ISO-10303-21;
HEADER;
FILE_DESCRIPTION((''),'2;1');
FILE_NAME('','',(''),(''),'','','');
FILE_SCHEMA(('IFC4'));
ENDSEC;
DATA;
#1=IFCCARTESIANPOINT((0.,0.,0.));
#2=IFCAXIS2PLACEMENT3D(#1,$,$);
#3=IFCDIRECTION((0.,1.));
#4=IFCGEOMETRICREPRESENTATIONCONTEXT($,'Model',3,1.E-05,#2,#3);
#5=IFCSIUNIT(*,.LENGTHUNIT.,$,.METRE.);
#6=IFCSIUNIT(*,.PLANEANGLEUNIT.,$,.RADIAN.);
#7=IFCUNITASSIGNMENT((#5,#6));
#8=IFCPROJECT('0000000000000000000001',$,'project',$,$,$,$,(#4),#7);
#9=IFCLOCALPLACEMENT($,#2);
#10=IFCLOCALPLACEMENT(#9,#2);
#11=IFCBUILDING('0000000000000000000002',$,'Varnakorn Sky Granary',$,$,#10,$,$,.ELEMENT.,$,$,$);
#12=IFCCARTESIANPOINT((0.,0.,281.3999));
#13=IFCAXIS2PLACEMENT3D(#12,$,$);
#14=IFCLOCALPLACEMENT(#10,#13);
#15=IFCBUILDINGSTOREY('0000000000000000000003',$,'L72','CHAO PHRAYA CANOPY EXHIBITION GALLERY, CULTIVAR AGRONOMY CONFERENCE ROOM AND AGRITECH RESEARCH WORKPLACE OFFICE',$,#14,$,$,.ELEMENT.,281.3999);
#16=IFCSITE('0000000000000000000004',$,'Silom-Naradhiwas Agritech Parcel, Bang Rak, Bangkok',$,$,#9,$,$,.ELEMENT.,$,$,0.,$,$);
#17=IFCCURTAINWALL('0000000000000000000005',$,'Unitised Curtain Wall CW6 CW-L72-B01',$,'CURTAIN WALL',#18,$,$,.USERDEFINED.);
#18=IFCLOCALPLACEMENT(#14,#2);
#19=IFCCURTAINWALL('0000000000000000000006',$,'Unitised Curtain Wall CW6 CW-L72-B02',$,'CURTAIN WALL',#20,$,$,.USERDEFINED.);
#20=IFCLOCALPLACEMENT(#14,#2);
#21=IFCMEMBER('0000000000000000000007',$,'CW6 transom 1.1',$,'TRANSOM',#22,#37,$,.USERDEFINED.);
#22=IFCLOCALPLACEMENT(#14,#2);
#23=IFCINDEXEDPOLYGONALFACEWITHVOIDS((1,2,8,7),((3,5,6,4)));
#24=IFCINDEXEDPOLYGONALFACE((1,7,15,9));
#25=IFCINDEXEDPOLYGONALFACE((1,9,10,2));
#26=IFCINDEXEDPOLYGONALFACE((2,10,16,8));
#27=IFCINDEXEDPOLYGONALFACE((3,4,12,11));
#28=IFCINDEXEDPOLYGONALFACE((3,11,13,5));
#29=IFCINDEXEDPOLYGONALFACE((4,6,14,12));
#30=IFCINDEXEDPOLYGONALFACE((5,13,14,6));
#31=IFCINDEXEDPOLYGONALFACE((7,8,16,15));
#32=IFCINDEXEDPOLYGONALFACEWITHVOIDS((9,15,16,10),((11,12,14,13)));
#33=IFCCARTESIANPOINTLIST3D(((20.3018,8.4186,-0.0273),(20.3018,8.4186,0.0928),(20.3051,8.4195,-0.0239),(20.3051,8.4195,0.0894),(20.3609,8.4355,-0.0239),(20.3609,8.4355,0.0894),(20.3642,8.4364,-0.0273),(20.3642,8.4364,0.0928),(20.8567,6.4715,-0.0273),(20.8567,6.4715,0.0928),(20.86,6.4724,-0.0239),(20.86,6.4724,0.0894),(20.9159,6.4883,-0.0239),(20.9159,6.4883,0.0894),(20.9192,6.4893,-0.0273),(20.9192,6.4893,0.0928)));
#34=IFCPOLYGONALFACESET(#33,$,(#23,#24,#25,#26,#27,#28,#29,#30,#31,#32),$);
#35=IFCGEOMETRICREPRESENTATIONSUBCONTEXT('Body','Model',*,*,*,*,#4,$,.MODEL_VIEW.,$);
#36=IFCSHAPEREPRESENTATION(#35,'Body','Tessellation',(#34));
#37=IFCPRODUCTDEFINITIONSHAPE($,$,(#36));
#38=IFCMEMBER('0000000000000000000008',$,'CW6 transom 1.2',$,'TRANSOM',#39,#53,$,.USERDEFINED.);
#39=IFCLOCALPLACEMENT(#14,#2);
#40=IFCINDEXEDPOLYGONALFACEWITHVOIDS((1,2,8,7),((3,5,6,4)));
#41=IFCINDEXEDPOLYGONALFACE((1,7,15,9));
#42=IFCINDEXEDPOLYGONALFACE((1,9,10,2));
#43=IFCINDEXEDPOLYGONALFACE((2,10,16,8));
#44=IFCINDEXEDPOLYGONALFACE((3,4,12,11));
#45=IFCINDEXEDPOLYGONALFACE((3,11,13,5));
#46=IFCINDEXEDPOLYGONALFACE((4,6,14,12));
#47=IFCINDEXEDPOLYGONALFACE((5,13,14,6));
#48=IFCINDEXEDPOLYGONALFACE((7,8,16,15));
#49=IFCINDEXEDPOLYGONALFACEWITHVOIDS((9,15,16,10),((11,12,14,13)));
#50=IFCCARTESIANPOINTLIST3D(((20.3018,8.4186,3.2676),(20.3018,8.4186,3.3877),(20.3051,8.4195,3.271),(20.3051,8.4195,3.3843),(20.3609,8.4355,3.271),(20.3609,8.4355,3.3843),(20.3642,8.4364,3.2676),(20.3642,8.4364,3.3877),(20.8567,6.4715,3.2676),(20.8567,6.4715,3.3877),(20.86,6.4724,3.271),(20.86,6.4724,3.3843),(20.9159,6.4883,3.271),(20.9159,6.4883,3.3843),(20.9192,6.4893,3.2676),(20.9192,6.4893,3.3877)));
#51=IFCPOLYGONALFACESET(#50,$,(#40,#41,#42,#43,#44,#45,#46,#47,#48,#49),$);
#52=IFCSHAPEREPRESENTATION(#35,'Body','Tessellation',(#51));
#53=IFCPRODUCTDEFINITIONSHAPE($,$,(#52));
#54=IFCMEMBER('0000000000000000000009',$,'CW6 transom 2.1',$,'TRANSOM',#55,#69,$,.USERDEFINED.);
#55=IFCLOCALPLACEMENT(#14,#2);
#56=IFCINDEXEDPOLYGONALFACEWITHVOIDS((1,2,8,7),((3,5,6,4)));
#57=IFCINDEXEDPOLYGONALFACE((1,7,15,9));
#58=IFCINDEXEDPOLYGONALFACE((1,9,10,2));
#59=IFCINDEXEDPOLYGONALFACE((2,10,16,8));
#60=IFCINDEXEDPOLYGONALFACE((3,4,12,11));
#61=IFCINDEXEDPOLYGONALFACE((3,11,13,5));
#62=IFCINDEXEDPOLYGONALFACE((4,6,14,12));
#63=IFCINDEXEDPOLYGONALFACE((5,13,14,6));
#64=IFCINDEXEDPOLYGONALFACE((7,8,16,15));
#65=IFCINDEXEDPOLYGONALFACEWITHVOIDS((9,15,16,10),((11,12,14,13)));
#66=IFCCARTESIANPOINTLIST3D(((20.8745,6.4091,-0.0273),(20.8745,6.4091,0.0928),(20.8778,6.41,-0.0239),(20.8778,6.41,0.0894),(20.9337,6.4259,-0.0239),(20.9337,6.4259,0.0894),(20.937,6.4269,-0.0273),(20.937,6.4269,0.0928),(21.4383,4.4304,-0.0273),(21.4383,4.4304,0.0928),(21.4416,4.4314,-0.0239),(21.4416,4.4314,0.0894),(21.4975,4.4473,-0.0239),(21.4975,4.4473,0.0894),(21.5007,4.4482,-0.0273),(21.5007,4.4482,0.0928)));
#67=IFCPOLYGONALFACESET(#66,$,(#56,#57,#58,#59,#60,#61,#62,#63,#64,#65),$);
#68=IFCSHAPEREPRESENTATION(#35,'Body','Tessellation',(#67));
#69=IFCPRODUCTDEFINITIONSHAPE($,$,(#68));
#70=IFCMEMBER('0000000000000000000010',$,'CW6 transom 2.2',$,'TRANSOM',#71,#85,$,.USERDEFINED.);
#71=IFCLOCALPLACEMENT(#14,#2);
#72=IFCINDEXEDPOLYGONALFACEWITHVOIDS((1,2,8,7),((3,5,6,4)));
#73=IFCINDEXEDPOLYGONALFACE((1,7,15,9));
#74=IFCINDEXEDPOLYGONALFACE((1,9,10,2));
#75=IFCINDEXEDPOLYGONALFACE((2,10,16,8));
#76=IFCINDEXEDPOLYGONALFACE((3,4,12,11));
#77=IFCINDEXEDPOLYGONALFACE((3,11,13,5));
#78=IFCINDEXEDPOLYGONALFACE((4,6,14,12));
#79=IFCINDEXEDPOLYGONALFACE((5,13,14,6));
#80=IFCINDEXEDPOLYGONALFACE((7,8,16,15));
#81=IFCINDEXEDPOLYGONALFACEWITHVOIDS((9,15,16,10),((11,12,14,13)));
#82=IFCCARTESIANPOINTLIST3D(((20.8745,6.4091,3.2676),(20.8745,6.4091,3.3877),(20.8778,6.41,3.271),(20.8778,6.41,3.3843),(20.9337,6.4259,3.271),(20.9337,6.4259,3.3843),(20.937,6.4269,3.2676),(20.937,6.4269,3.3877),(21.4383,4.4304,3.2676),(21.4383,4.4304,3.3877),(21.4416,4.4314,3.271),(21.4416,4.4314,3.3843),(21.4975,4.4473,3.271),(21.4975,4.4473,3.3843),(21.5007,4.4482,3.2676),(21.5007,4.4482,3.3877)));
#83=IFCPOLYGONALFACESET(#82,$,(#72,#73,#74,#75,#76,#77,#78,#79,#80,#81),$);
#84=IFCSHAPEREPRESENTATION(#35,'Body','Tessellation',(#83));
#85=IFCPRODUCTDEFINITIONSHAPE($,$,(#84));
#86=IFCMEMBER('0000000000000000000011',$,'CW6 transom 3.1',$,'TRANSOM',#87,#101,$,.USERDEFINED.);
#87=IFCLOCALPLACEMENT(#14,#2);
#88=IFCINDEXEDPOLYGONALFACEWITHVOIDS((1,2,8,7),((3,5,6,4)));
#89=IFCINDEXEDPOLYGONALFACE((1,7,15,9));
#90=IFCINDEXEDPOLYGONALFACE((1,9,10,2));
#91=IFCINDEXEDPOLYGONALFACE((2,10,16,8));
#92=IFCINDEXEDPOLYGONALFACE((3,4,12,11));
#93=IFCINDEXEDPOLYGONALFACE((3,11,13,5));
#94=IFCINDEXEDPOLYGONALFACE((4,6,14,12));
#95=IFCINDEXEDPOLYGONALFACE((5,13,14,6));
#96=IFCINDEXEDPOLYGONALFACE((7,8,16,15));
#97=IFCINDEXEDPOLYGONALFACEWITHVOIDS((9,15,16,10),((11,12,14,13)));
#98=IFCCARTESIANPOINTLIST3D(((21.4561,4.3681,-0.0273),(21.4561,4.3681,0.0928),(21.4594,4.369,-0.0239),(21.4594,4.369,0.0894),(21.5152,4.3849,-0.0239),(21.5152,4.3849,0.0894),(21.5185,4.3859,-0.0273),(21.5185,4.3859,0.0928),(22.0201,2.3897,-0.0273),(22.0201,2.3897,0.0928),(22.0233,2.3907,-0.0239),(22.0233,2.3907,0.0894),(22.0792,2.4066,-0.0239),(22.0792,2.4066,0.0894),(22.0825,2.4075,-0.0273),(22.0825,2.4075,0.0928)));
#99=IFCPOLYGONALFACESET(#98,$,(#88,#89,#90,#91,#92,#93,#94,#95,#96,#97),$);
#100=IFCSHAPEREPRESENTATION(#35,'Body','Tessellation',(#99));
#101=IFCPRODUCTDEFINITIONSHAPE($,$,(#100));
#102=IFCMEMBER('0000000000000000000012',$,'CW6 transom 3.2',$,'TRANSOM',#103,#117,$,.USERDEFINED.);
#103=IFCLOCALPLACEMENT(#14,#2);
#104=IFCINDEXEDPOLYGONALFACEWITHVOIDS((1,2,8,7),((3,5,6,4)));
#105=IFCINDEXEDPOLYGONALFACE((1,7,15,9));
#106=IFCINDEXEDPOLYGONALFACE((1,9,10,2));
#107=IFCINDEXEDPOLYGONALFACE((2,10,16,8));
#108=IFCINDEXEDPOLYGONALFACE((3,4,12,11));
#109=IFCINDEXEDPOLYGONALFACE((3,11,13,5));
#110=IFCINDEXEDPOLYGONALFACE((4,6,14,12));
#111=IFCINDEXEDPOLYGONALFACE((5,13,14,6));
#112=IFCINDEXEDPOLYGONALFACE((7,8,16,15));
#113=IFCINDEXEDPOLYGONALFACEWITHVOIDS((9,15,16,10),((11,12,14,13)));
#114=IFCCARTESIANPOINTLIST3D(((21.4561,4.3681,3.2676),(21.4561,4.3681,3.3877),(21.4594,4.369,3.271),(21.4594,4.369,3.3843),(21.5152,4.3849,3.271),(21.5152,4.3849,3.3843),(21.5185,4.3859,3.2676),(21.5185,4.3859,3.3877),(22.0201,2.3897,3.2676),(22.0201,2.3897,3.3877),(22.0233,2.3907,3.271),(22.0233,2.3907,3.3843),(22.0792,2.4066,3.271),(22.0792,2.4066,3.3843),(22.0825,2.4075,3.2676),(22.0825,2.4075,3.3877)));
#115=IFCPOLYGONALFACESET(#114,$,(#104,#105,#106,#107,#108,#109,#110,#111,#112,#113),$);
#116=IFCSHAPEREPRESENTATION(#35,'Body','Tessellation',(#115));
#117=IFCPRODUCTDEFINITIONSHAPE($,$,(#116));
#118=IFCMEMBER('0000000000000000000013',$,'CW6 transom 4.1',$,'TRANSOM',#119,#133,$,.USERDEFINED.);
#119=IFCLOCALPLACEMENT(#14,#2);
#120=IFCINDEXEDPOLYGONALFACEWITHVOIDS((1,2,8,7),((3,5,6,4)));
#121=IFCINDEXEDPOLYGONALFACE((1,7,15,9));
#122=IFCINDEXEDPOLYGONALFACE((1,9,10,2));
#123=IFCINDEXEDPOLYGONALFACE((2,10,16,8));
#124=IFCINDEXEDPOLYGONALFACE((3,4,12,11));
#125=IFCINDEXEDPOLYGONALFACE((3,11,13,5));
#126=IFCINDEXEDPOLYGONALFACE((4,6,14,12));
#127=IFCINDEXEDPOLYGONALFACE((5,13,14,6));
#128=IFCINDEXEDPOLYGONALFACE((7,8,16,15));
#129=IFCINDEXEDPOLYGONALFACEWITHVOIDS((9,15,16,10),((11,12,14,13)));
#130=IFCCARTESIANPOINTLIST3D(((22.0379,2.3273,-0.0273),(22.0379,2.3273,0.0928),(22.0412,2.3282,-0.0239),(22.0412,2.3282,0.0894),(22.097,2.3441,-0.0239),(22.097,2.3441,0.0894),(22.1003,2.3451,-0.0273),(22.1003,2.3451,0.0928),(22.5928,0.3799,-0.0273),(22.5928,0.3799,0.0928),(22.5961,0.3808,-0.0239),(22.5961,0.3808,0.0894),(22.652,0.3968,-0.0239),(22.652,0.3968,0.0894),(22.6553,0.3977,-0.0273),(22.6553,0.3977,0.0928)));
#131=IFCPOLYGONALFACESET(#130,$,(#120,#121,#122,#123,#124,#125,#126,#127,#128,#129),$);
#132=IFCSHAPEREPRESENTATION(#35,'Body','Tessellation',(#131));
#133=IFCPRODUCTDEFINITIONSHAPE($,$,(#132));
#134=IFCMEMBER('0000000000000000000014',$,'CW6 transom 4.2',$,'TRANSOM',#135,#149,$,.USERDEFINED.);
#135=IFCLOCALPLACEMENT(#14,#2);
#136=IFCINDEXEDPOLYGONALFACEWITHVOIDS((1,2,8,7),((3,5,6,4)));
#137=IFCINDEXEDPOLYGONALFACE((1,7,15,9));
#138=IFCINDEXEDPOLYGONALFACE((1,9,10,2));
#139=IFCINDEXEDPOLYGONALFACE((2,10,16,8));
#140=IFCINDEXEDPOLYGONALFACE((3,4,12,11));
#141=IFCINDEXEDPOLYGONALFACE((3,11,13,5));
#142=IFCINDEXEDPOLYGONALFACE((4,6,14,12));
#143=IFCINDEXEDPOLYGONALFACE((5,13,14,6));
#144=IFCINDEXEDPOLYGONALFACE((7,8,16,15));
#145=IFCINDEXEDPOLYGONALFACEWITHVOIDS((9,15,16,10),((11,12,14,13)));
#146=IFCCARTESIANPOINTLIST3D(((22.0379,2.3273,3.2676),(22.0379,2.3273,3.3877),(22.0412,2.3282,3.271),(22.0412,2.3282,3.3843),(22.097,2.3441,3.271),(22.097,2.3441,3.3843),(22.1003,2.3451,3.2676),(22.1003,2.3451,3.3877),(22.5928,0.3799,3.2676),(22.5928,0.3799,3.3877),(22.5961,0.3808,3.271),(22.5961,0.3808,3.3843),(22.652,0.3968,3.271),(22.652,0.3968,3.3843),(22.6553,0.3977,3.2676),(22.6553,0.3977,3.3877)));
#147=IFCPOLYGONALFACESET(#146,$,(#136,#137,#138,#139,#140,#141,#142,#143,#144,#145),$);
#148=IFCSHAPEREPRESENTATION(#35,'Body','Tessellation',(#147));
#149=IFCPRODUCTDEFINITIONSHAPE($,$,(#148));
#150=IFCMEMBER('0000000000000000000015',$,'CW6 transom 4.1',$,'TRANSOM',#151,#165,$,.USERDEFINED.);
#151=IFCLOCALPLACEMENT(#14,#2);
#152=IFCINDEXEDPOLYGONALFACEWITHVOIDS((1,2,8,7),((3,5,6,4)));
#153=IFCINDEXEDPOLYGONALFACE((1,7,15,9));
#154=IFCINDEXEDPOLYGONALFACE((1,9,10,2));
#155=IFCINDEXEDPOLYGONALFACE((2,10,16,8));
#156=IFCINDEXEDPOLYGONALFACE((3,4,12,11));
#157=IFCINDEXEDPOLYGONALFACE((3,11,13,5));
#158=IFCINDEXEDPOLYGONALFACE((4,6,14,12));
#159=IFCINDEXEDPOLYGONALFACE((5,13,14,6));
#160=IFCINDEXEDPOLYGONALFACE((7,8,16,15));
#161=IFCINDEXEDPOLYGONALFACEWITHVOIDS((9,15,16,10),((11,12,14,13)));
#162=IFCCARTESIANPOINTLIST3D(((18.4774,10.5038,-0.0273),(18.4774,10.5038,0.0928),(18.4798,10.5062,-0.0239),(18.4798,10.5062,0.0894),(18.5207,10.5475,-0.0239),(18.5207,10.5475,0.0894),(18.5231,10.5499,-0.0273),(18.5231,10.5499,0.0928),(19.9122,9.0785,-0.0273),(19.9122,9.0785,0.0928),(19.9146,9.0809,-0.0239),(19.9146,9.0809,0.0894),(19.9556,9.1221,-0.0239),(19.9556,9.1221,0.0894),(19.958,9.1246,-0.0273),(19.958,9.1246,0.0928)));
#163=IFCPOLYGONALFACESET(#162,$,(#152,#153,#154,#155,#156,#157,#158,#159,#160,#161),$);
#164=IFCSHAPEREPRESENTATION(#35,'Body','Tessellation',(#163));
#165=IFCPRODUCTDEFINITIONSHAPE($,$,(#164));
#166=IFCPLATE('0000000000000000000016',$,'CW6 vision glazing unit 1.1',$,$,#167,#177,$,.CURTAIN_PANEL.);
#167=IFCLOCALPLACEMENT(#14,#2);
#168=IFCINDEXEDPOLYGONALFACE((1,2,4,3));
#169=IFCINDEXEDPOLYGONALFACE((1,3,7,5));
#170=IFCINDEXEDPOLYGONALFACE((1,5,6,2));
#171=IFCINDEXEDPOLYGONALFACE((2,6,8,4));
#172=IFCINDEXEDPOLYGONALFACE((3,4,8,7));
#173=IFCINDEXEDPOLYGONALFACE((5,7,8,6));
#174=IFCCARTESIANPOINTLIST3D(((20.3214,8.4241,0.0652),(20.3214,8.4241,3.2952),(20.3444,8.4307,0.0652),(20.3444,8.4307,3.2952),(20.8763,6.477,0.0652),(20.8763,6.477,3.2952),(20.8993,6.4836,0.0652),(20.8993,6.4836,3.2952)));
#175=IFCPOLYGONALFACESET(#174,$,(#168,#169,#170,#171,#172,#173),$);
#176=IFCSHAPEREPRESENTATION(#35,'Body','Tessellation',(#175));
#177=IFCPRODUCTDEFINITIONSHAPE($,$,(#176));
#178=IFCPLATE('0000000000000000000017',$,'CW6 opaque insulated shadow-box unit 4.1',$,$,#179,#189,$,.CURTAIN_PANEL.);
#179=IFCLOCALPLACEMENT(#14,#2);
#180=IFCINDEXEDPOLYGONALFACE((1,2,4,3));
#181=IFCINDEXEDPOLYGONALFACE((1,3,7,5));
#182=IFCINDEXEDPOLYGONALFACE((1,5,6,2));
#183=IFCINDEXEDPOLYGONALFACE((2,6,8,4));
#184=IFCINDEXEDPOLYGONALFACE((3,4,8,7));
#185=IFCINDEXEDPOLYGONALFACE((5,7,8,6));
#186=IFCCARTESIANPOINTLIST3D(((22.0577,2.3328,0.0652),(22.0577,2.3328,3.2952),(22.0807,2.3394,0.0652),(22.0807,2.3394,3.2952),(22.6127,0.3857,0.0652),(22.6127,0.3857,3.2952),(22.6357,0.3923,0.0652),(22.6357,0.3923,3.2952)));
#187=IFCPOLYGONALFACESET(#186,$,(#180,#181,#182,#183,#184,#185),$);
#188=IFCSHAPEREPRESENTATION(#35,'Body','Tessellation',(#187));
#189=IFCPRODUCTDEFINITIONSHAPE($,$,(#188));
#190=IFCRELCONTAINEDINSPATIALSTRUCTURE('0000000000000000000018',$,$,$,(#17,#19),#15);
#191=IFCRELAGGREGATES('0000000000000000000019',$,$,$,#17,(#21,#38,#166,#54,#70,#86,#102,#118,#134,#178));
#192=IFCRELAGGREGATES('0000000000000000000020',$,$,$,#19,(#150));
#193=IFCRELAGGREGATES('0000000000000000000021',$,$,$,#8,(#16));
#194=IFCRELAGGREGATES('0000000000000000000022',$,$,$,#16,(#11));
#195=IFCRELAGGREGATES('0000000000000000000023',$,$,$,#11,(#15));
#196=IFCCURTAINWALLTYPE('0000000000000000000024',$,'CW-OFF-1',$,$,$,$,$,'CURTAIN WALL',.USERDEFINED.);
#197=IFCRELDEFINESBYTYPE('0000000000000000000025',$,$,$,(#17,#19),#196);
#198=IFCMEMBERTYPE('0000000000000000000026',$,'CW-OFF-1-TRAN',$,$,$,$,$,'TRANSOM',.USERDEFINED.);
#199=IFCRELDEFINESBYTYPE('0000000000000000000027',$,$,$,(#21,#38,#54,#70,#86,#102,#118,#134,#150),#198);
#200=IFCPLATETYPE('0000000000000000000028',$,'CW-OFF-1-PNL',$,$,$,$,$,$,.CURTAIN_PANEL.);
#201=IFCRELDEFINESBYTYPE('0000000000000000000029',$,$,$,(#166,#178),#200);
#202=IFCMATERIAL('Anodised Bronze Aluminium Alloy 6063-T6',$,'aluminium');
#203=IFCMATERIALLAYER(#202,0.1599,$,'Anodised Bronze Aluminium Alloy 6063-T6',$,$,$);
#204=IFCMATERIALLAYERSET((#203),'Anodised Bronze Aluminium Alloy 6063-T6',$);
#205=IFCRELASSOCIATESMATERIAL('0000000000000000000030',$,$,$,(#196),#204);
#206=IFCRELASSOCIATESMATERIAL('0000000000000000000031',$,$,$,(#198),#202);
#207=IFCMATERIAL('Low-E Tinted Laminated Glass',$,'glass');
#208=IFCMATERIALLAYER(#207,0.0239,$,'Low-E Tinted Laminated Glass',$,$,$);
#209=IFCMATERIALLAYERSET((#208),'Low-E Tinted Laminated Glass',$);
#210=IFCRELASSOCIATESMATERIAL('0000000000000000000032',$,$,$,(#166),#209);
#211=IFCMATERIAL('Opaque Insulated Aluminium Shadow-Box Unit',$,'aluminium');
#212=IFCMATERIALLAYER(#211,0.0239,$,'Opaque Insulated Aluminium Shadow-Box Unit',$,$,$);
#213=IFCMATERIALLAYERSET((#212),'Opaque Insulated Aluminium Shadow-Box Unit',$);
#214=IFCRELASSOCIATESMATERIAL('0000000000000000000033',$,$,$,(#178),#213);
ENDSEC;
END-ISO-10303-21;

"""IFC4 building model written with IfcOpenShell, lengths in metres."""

from ifc_helpers import new_model, si_unit, direction, frame, origin, origin_2d, place, context, subcontext, project, spatial, rectangle, hollow_rectangle, extrude, source, transform, mapped, material, layer, layer_set, material_profile, profile_set, type_object, element, aggregate, save


model = new_model("IFC4")

# Units and contexts
model_context = context("Model", 3, precision=1e-05, world=origin(), true_north=direction((0.0, 1.0)))
body_context = subcontext(model_context, "Body", "Model", "MODEL_VIEW")
ifc_project = project(units=[si_unit("LENGTHUNIT", "METRE"), si_unit("PLANEANGLEUNIT", "RADIAN")], contexts=[model_context])

# Site, building, storey
site_placement = place(None, origin())
site = spatial("IfcSite", under=ifc_project, at=site_placement, Name="Silom-Naradhiwas Agritech Parcel, Bang Rak, Bangkok", CompositionType="ELEMENT", RefElevation=0.0)
building_placement = place(site_placement, origin())
building = spatial("IfcBuilding", under=site, at=building_placement, Name="Varnakorn Sky Granary", CompositionType="ELEMENT")
storey_placement = place(building_placement, frame((0.0, 0.0, 281.3999)))
storey = spatial("IfcBuildingStorey", under=building, at=storey_placement, Name="L72", Description="CHAO PHRAYA CANOPY EXHIBITION GALLERY, CULTIVAR AGRONOMY CONFERENCE ROOM AND AGRITECH RESEARCH WORKPLACE OFFICE", CompositionType="ELEMENT", Elevation=281.3999)

# Curtain wall
ifc_material_1 = material(Name="Anodised Bronze Aluminium Alloy 6063-T6", Category="aluminium")
ifc_layer_1 = layer(ifc_material_1, 0.1599, Name="Anodised Bronze Aluminium Alloy 6063-T6")
ifc_layer_set_1 = layer_set([ifc_layer_1], Name="Anodised Bronze Aluminium Alloy 6063-T6")
curtain_wall_type = type_object("IfcCurtainWallType", Name="CW-OFF-1", ElementType="CURTAIN WALL", PredefinedType="USERDEFINED", material=ifc_layer_set_1)
curtain_wall_1_placement = place(storey_placement, origin())
curtain_wall_1 = element("IfcCurtainWall", 1, at=curtain_wall_1_placement, inside=storey, type_object=curtain_wall_type, Name="Unitised Curtain Wall CW6 CW-L72-B01", ObjectType="CURTAIN WALL", PredefinedType="USERDEFINED")

# Curtain wall
curtain_wall_2_placement = place(storey_placement, origin())
curtain_wall_2 = element("IfcCurtainWall", 2, at=curtain_wall_2_placement, inside=storey, type_object=curtain_wall_type, Name="Unitised Curtain Wall CW6 CW-L72-B02", ObjectType="CURTAIN WALL", PredefinedType="USERDEFINED")

# Members
ifc_material_profile_1 = material_profile(ifc_material_1, hollow_rectangle(XDim=0.0649, YDim=0.1201, WallThickness=0.0034, at=origin_2d()), Name="ALU TRAN 65x120")
ifc_profile_set_1 = profile_set([ifc_material_profile_1], Name="Anodised Bronze Aluminium Alloy 6063-T6")
member_type_1 = type_object("IfcMemberType", Name="CW-OFF-1-TRAN", ElementType="TRANSOM", PredefinedType="USERDEFINED", material=ifc_profile_set_1)
member_1_placement = place(storey_placement, frame((20.333, 8.4275, 0.0327), z_axis=(0.2741, -0.961701, 0.0), x_axis=(0.961701, 0.2741, 0.0)))
member_1 = element("IfcMember", 3, at=member_1_placement, type_object=member_type_1, Name="CW6 transom 1.1", ObjectType="TRANSOM", PredefinedType="USERDEFINED", context=body_context, shape_type="SweptSolid", body=[
    extrude(hollow_rectangle(XDim=0.0649, YDim=0.1201, WallThickness=0.0034, at=origin_2d()), origin(), (0.0, 0.0, 1.0), 2.0247),
])
member_2_placement = place(storey_placement, frame((20.333, 8.4275, 3.3276), z_axis=(0.2741, -0.961701, 0.0), x_axis=(0.961701, 0.2741, 0.0)))
member_2 = element("IfcMember", 4, at=member_2_placement, type_object=member_type_1, Name="CW6 transom 1.2", ObjectType="TRANSOM", PredefinedType="USERDEFINED", context=body_context, shape_type="SweptSolid", body=[
    extrude(hollow_rectangle(XDim=0.0649, YDim=0.1201, WallThickness=0.0034, at=origin_2d()), origin(), (0.0, 0.0, 1.0), 2.0247),
])
member_3_placement = place(storey_placement, frame((20.9058, 6.418, 0.0327), z_axis=(0.274016, -0.961725, 0.0), x_axis=(0.961725, 0.274016, 0.0)))
member_3 = element("IfcMember", 5, at=member_3_placement, type_object=member_type_1, Name="CW6 transom 2.1", ObjectType="TRANSOM", PredefinedType="USERDEFINED", context=body_context, shape_type="SweptSolid", body=[
    extrude(hollow_rectangle(XDim=0.0649, YDim=0.1201, WallThickness=0.0034, at=origin_2d()), origin(), (0.0, 0.0, 1.0), 2.0574),
])
member_4_placement = place(storey_placement, frame((20.9058, 6.418, 3.3276), z_axis=(0.274016, -0.961725, 0.0), x_axis=(0.961725, 0.274016, 0.0)))
member_4 = element("IfcMember", 6, at=member_4_placement, type_object=member_type_1, Name="CW6 transom 2.2", ObjectType="TRANSOM", PredefinedType="USERDEFINED", context=body_context, shape_type="SweptSolid", body=[
    extrude(hollow_rectangle(XDim=0.0649, YDim=0.1201, WallThickness=0.0034, at=origin_2d()), origin(), (0.0, 0.0, 1.0), 2.0574),
])
member_5_placement = place(storey_placement, frame((21.4873, 4.377, 0.0327), z_axis=(0.274157, -0.961685, 0.0), x_axis=(0.961685, 0.274157, 0.0)))
member_5 = element("IfcMember", 7, at=member_5_placement, type_object=member_type_1, Name="CW6 transom 3.1", ObjectType="TRANSOM", PredefinedType="USERDEFINED", context=body_context, shape_type="SweptSolid", body=[
    extrude(hollow_rectangle(XDim=0.0649, YDim=0.1201, WallThickness=0.0034, at=origin_2d()), origin(), (0.0, 0.0, 1.0), 2.0571),
])
member_6_placement = place(storey_placement, frame((21.4873, 4.377, 3.3276), z_axis=(0.274157, -0.961685, 0.0), x_axis=(0.961685, 0.274157, 0.0)))
member_6 = element("IfcMember", 8, at=member_6_placement, type_object=member_type_1, Name="CW6 transom 3.2", ObjectType="TRANSOM", PredefinedType="USERDEFINED", context=body_context, shape_type="SweptSolid", body=[
    extrude(hollow_rectangle(XDim=0.0649, YDim=0.1201, WallThickness=0.0034, at=origin_2d()), origin(), (0.0, 0.0, 1.0), 2.0571),
])
member_7_placement = place(storey_placement, frame((22.0691, 2.3362, 0.0327), z_axis=(0.274068, -0.96171, 0.0), x_axis=(0.96171, 0.274068, 0.0)))
member_7 = element("IfcMember", 9, at=member_7_placement, type_object=member_type_1, Name="CW6 transom 4.1", ObjectType="TRANSOM", PredefinedType="USERDEFINED", context=body_context, shape_type="SweptSolid", body=[
    extrude(hollow_rectangle(XDim=0.0649, YDim=0.1201, WallThickness=0.0034, at=origin_2d()), origin(), (0.0, 0.0, 1.0), 2.0249),
])
member_8_placement = place(storey_placement, frame((22.0691, 2.3362, 3.3276), z_axis=(0.274068, -0.96171, 0.0), x_axis=(0.96171, 0.274068, 0.0)))
member_8 = element("IfcMember", 10, at=member_8_placement, type_object=member_type_1, Name="CW6 transom 4.2", ObjectType="TRANSOM", PredefinedType="USERDEFINED", context=body_context, shape_type="SweptSolid", body=[
    extrude(hollow_rectangle(XDim=0.0649, YDim=0.1201, WallThickness=0.0034, at=origin_2d()), origin(), (0.0, 0.0, 1.0), 2.0249),
])
member_9_placement = place(storey_placement, frame((18.5002, 10.5269, 0.0327), z_axis=(0.709457, -0.704749, 0.0), x_axis=(0.704749, 0.709457, 0.0)))
member_9 = element("IfcMember", 11, at=member_9_placement, type_object=member_type_1, Name="CW6 transom 4.1", ObjectType="TRANSOM", PredefinedType="USERDEFINED", context=body_context, shape_type="SweptSolid", body=[
    extrude(hollow_rectangle(XDim=0.0649, YDim=0.1201, WallThickness=0.0034, at=origin_2d()), origin(), (0.0, 0.0, 1.0), 2.0225),
])

# Plates
ifc_material_2 = material(Name="Low-E Tinted Laminated Glass", Category="glass")
ifc_layer_2 = layer(ifc_material_2, 0.0239, Name="Low-E Tinted Laminated Glass")
ifc_layer_set_2 = layer_set([ifc_layer_2], Name="Low-E Tinted Laminated Glass")
plate_type = type_object("IfcPlateType", Name="CW-OFF-1-PNL", PredefinedType="CURTAIN_PANEL")
shared_shape_1 = source(origin(), body_context, "Body", "SweptSolid", [
    extrude(rectangle(XDim=2.0247, YDim=0.0239, at=origin_2d()), origin(), (0.0, 0.0, 1.0), 3.23),
])
plate_1_placement = place(storey_placement, frame((20.6104, 7.4539, 0.0652), z_axis=(0.0, 0.0, 1.0), x_axis=(0.274108, -0.961699, 0.0)))
plate_1 = element("IfcPlate", 12, at=plate_1_placement, type_object=plate_type, material=ifc_layer_set_2, Name="CW6 vision glazing unit 1.1", PredefinedType="CURTAIN_PANEL", context=body_context, shape_type="MappedRepresentation", body=[
    mapped(shared_shape_1, transform((0.0, 0.0, 0.0), x_axis=(1.0, 0.0, 0.0), y_axis=(0.0, 1.0, 0.0), z_axis=(0.0, 0.0, 1.0), scale=1.0)),
])
ifc_material_3 = material(Name="Opaque Insulated Aluminium Shadow-Box Unit", Category="aluminium")
ifc_layer_3 = layer(ifc_material_3, 0.0239, Name="Opaque Insulated Aluminium Shadow-Box Unit")
ifc_layer_set_3 = layer_set([ifc_layer_3], Name="Opaque Insulated Aluminium Shadow-Box Unit")
plate_2_placement = place(storey_placement, frame((22.3467, 1.3625, 0.0652), z_axis=(0.0, 0.0, 1.0), x_axis=(0.274108, -0.961699, 0.0)))
plate_2 = element("IfcPlate", 13, at=plate_2_placement, type_object=plate_type, material=ifc_layer_set_3, Name="CW6 opaque insulated shadow-box unit 4.1", PredefinedType="CURTAIN_PANEL", context=body_context, shape_type="MappedRepresentation", body=[
    mapped(shared_shape_1, transform((0.0, 0.0, 0.0), x_axis=(1.0, 0.0, 0.0), y_axis=(0.0, 1.0, 0.0), z_axis=(0.0, 0.0, 1.0), scale=1.0)),
])
aggregate(curtain_wall_1, [member_1, member_2, plate_1, member_3, member_4, member_5, member_6, member_7, member_8, plate_2])
aggregate(curtain_wall_2, [member_9])

save(model, "model.ifc")
